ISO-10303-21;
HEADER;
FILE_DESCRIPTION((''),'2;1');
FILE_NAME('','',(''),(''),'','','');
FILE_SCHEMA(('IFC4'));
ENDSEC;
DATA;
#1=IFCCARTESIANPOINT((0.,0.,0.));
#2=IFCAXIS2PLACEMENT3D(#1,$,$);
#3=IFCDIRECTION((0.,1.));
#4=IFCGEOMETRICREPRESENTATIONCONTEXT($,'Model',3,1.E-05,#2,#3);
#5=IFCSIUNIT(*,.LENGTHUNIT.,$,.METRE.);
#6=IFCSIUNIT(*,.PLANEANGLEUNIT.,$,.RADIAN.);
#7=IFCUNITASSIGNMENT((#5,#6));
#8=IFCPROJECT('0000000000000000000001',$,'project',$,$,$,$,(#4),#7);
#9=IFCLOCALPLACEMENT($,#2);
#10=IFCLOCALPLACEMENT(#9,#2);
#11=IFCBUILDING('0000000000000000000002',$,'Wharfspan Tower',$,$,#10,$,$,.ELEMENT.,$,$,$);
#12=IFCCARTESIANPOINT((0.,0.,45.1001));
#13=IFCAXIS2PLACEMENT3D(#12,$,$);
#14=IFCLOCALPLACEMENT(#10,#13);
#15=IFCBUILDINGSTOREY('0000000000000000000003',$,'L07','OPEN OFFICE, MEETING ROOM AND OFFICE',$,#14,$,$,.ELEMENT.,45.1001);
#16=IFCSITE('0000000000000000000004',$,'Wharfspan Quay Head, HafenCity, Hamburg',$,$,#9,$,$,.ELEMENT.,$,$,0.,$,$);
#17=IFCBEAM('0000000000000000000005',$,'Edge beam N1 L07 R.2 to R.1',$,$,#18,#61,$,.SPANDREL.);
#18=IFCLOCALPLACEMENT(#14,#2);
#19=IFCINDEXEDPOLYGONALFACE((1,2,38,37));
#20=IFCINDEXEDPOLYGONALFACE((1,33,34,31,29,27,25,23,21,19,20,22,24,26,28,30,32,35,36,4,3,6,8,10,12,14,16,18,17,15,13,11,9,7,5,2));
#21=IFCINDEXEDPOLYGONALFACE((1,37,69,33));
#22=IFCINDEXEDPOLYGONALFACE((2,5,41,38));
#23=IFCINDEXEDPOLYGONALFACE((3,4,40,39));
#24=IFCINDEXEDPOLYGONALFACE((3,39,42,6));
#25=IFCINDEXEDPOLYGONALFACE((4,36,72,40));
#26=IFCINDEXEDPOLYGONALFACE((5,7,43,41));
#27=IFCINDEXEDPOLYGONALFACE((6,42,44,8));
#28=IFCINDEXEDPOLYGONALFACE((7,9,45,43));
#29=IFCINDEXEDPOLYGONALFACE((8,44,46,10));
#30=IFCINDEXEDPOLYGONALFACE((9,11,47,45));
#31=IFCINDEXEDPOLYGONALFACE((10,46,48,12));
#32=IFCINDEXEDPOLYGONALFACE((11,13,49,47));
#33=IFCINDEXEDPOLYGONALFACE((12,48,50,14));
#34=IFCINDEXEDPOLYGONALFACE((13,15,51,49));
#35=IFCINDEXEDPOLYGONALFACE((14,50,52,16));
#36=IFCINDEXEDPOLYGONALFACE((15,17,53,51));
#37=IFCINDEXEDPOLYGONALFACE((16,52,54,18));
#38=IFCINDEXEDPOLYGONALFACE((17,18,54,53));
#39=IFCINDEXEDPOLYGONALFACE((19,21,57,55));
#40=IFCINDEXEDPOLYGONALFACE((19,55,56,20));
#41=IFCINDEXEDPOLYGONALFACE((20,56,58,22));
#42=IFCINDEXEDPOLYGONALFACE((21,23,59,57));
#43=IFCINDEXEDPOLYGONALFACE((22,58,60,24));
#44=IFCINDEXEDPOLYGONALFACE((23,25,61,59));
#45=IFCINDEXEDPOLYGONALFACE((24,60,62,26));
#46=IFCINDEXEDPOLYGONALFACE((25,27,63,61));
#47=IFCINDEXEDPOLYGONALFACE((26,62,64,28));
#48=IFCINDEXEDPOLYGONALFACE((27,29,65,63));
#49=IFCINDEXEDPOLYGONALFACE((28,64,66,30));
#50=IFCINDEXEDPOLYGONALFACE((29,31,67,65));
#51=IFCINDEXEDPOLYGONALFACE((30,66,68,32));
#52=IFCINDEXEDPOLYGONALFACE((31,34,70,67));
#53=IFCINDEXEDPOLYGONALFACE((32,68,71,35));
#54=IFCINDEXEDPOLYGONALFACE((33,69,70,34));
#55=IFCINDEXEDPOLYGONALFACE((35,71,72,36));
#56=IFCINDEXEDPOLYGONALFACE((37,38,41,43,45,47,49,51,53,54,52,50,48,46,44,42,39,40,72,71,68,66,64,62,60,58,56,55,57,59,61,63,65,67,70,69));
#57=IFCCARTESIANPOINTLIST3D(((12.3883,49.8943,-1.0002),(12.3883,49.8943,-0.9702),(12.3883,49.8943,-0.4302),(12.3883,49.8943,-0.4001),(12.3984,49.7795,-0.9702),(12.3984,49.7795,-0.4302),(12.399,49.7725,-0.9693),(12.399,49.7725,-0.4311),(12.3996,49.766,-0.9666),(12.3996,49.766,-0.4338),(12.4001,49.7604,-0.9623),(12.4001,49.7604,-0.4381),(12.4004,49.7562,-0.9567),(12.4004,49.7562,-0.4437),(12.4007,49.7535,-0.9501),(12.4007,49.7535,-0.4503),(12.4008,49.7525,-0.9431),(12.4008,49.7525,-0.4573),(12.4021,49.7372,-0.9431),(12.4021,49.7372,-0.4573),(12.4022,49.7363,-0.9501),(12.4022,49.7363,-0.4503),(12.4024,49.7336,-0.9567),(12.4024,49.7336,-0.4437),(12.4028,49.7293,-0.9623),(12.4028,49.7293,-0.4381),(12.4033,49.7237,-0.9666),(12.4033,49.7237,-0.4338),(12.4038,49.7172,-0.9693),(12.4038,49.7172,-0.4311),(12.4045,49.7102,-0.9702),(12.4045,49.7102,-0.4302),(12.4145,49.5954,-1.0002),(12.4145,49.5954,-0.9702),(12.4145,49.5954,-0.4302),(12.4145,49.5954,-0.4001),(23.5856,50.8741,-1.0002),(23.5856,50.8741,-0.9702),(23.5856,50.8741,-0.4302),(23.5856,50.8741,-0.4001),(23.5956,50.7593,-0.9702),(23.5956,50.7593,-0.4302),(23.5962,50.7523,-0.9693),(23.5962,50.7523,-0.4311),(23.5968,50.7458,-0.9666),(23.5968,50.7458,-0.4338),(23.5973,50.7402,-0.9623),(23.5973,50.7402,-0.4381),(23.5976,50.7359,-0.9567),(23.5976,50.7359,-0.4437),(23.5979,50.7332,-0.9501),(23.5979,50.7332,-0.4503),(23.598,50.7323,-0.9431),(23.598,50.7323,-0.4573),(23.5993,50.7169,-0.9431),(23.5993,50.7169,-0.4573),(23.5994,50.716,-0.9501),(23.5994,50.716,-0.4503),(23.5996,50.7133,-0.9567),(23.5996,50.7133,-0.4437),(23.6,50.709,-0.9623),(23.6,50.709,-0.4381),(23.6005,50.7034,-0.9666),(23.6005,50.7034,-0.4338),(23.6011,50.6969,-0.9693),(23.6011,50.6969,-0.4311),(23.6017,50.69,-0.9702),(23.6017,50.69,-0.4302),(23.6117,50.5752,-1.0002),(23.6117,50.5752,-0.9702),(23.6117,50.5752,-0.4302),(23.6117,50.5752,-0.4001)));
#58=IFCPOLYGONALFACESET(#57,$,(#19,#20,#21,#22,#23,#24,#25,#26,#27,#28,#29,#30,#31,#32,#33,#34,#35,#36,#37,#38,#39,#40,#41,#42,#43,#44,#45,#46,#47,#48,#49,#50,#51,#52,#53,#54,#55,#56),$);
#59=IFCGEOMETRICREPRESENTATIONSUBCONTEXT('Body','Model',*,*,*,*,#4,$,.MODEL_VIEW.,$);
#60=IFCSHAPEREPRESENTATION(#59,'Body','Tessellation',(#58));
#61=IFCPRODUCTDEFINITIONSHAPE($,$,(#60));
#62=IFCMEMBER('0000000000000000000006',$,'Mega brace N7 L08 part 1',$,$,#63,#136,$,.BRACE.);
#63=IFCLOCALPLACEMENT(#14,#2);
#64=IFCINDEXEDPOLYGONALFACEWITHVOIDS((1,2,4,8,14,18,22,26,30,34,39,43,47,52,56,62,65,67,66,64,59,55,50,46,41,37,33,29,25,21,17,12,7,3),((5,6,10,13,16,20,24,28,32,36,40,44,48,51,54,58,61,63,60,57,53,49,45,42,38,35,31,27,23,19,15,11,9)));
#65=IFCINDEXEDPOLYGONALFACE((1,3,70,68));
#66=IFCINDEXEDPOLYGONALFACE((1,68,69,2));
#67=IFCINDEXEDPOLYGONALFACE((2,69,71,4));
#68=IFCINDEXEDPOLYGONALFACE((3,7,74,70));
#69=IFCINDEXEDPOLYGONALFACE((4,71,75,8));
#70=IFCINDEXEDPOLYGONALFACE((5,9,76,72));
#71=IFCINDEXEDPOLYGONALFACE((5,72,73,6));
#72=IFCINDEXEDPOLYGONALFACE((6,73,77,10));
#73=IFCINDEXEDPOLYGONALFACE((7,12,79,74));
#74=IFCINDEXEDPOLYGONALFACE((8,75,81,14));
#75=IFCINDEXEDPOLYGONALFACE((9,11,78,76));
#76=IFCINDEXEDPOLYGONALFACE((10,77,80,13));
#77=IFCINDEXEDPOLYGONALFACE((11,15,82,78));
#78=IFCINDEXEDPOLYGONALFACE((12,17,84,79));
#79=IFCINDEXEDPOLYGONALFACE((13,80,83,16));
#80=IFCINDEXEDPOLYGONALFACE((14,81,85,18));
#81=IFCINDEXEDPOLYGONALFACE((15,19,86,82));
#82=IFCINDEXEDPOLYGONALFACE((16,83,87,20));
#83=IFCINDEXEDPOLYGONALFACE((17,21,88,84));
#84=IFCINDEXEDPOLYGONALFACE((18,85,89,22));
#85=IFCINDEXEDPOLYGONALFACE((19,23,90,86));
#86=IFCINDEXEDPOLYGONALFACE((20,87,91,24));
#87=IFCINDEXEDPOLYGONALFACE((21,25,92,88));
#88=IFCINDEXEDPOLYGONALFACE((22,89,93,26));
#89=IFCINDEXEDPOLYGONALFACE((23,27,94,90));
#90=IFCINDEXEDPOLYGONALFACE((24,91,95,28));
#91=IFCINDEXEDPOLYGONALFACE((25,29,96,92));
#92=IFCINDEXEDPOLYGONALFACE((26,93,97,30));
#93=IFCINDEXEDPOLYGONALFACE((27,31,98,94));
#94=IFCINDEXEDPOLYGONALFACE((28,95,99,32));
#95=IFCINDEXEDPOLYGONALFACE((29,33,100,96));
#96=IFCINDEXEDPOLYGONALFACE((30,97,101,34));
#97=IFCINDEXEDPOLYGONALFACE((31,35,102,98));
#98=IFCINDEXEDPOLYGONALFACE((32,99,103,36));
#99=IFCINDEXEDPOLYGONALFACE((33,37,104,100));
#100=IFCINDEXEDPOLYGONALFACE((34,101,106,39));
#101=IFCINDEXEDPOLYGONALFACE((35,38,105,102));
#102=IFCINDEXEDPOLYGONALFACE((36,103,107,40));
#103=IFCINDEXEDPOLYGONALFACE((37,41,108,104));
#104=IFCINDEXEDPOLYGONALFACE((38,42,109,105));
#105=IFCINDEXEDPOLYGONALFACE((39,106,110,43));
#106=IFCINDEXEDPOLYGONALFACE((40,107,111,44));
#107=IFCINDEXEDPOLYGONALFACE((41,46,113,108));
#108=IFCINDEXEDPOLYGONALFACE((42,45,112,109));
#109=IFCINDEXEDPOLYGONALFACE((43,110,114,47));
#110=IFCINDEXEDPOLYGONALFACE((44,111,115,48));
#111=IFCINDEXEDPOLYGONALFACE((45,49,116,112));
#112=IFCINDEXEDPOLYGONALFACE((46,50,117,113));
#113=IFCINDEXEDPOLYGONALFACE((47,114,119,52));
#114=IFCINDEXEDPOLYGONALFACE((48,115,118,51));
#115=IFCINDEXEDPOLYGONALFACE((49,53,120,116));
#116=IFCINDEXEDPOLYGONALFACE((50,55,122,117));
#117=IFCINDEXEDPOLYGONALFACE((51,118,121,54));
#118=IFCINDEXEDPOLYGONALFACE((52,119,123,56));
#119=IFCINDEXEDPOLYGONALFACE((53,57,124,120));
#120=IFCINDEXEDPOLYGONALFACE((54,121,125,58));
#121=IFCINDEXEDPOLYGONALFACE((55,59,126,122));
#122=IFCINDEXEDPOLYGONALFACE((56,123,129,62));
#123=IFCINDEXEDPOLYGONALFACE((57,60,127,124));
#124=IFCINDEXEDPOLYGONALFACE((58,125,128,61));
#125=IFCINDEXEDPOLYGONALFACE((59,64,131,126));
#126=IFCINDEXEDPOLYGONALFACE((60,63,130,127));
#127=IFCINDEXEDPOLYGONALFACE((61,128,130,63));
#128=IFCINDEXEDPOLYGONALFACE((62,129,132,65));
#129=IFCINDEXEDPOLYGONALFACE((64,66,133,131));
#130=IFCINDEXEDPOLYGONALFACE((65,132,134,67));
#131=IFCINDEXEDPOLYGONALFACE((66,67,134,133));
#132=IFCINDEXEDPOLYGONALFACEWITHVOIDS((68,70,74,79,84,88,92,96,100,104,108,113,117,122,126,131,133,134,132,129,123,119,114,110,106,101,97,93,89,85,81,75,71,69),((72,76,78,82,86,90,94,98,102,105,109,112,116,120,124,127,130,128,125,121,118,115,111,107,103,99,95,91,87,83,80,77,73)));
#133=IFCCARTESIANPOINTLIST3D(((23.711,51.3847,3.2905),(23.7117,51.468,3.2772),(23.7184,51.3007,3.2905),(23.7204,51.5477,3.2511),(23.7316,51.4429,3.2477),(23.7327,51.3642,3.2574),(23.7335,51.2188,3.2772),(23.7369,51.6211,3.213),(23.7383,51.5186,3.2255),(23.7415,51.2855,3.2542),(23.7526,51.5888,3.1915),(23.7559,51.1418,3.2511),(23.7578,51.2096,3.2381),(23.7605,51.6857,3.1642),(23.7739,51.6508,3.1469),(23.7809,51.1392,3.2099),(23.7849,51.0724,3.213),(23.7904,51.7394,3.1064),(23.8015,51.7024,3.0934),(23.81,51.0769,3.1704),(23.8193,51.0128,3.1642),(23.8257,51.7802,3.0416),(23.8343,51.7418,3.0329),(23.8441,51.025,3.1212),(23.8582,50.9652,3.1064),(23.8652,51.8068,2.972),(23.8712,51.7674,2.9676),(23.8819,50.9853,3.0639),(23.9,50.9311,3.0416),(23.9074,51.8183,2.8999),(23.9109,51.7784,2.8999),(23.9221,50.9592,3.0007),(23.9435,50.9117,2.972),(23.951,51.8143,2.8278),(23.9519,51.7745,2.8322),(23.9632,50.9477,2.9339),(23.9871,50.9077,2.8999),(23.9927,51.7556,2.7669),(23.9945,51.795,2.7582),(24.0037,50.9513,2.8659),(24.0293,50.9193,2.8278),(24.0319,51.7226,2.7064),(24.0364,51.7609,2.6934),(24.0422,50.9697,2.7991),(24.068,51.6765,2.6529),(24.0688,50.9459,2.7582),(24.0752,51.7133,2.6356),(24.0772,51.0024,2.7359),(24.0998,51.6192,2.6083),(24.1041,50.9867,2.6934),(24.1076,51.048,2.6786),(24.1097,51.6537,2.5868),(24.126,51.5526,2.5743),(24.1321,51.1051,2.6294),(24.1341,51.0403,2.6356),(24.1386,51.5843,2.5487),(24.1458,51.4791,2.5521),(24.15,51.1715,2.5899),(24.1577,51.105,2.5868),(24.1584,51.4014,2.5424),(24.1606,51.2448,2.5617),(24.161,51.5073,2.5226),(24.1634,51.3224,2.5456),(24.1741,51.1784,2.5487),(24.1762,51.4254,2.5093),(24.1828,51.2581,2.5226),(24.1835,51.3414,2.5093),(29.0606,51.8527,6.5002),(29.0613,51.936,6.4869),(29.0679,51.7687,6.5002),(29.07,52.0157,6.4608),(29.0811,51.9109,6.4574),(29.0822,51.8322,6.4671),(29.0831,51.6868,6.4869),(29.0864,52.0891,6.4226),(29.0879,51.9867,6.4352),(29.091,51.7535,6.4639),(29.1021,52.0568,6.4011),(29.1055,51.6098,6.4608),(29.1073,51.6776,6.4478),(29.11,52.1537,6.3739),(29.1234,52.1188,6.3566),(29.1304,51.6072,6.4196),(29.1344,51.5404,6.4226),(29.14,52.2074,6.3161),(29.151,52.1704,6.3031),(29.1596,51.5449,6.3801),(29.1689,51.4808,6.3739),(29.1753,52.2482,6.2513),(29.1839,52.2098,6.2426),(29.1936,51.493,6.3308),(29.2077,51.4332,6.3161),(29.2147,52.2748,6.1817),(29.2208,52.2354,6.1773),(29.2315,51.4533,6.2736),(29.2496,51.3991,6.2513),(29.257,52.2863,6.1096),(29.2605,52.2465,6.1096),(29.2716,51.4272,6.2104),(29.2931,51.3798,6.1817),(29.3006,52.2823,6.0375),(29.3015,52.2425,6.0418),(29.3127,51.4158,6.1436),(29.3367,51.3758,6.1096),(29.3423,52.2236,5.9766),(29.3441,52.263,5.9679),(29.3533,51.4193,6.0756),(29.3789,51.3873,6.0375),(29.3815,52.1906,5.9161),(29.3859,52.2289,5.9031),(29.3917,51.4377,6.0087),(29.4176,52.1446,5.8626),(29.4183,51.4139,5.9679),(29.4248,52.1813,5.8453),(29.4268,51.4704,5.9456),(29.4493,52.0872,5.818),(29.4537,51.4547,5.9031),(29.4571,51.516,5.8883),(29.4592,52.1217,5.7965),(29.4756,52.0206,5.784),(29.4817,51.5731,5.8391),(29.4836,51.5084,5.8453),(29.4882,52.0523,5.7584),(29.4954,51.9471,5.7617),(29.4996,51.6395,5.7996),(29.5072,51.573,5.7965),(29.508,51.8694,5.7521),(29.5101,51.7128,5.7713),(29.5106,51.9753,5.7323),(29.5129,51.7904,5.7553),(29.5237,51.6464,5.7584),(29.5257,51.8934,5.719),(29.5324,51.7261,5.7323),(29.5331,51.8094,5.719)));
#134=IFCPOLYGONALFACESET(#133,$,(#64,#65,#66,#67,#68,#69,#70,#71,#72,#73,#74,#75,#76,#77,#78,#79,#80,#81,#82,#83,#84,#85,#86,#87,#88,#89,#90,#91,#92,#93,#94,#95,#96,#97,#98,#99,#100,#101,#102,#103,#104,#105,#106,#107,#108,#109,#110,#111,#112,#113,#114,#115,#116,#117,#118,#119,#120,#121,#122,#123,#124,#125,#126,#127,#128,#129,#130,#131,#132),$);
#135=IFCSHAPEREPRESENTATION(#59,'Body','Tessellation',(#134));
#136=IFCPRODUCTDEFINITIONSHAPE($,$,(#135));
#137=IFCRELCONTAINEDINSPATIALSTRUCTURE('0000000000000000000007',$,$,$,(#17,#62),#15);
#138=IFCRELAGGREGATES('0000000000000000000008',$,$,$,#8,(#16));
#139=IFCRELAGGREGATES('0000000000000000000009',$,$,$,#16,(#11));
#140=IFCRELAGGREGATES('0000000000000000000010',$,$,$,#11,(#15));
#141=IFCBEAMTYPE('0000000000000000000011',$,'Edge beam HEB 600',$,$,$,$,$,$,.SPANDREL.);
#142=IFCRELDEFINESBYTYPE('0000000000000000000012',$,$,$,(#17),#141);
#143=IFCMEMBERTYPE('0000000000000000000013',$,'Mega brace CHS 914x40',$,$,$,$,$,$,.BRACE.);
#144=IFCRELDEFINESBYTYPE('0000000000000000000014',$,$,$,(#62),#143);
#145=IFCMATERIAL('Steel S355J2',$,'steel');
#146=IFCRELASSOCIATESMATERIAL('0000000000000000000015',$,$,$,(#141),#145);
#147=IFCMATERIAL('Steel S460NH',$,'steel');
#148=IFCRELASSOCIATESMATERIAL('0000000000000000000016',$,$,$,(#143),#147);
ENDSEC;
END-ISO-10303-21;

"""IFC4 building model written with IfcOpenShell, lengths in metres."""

from ifc_helpers import new_model, si_unit, direction, frame, origin, origin_2d, place, context, subcontext, project, spatial, hollow_circle, i_section, extrude, material, material_profile, profile_set, type_object, element, save


model = new_model("IFC4")

# Units and contexts
model_context = context("Model", 3, precision=1e-05, world=origin(), true_north=direction((0.0, 1.0)))
body_context = subcontext(model_context, "Body", "Model", "MODEL_VIEW")
ifc_project = project(units=[si_unit("LENGTHUNIT", "METRE"), si_unit("PLANEANGLEUNIT", "RADIAN")], contexts=[model_context])

# Site, building, storey
site_placement = place(None, origin())
site = spatial("IfcSite", under=ifc_project, at=site_placement, Name="Wharfspan Quay Head, HafenCity, Hamburg", CompositionType="ELEMENT", RefElevation=0.0)
building_placement = place(site_placement, origin())
building = spatial("IfcBuilding", under=site, at=building_placement, Name="Wharfspan Tower", CompositionType="ELEMENT")
storey_placement = place(building_placement, frame((0.0, 0.0, 45.1001)))
storey = spatial("IfcBuildingStorey", under=building, at=storey_placement, Name="L07", Description="OPEN OFFICE, MEETING ROOM AND OFFICE", CompositionType="ELEMENT", Elevation=45.1001)

# Shared definitions
ifc_material_1 = material(Name="Steel S355J2", Category="steel")

# Beam
ifc_material_profile_1 = material_profile(ifc_material_1, i_section(OverallWidth=0.3, OverallDepth=0.6001, WebThickness=0.0154, FlangeThickness=0.03, FilletRadius=0.0271, at=origin_2d()))
ifc_profile_set_1 = profile_set([ifc_material_profile_1], Name="Steel S355J2")
beam_type = type_object("IfcBeamType", Name="Edge beam HEB 600", PredefinedType="SPANDREL", material=ifc_profile_set_1)
for number, where, z_axis, x_axis, name in (
    (1, (23.5986, 50.7246, -0.7002), (-0.996194, -0.087165, 0.0), (0.087165, -0.996194, 0.0), "Edge beam N1 L07 R.2 to R.1"),
):
    element("IfcBeam", number, at=place(storey_placement, frame(where, z_axis=z_axis, x_axis=x_axis)), inside=storey, type_object=beam_type, Name=name, PredefinedType="SPANDREL", context=body_context, shape_type="SweptSolid", body=[
        extrude(i_section(OverallWidth=0.3, OverallDepth=0.6001, WebThickness=0.0154, FlangeThickness=0.03, FilletRadius=0.0271, at=origin_2d()), origin(), (0.0, 0.0, 1.0), 11.24),
    ])

# Member
ifc_material_2 = material(Name="Steel S460NH", Category="steel")
ifc_material_profile_2 = material_profile(ifc_material_2, hollow_circle(Radius=0.457, WallThickness=0.04, at=origin_2d()))
ifc_profile_set_2 = profile_set([ifc_material_profile_2], Name="Steel S460NH")
member_type_1 = type_object("IfcMemberType", Name="Mega brace CHS 914x40", PredefinedType="BRACE", material=ifc_profile_set_2)
for number, where, z_axis, x_axis, name in (
    (2, (23.9473, 51.363, 2.8999), (0.855094, 0.074809, 0.513048), (-0.087154, 0.996195, 0.000001), "Mega brace N7 L08 part 1"),
):
    element("IfcMember", number, at=place(storey_placement, frame(where, z_axis=z_axis, x_axis=x_axis)), inside=storey, type_object=member_type_1, Name=name, PredefinedType="BRACE", context=body_context, shape_type="SweptSolid", body=[
        extrude(hollow_circle(Radius=0.457, WallThickness=0.04, at=origin_2d()), origin(), (0.0, 0.0, 1.0), 6.2561),
    ])

save(model, "model.ifc")
